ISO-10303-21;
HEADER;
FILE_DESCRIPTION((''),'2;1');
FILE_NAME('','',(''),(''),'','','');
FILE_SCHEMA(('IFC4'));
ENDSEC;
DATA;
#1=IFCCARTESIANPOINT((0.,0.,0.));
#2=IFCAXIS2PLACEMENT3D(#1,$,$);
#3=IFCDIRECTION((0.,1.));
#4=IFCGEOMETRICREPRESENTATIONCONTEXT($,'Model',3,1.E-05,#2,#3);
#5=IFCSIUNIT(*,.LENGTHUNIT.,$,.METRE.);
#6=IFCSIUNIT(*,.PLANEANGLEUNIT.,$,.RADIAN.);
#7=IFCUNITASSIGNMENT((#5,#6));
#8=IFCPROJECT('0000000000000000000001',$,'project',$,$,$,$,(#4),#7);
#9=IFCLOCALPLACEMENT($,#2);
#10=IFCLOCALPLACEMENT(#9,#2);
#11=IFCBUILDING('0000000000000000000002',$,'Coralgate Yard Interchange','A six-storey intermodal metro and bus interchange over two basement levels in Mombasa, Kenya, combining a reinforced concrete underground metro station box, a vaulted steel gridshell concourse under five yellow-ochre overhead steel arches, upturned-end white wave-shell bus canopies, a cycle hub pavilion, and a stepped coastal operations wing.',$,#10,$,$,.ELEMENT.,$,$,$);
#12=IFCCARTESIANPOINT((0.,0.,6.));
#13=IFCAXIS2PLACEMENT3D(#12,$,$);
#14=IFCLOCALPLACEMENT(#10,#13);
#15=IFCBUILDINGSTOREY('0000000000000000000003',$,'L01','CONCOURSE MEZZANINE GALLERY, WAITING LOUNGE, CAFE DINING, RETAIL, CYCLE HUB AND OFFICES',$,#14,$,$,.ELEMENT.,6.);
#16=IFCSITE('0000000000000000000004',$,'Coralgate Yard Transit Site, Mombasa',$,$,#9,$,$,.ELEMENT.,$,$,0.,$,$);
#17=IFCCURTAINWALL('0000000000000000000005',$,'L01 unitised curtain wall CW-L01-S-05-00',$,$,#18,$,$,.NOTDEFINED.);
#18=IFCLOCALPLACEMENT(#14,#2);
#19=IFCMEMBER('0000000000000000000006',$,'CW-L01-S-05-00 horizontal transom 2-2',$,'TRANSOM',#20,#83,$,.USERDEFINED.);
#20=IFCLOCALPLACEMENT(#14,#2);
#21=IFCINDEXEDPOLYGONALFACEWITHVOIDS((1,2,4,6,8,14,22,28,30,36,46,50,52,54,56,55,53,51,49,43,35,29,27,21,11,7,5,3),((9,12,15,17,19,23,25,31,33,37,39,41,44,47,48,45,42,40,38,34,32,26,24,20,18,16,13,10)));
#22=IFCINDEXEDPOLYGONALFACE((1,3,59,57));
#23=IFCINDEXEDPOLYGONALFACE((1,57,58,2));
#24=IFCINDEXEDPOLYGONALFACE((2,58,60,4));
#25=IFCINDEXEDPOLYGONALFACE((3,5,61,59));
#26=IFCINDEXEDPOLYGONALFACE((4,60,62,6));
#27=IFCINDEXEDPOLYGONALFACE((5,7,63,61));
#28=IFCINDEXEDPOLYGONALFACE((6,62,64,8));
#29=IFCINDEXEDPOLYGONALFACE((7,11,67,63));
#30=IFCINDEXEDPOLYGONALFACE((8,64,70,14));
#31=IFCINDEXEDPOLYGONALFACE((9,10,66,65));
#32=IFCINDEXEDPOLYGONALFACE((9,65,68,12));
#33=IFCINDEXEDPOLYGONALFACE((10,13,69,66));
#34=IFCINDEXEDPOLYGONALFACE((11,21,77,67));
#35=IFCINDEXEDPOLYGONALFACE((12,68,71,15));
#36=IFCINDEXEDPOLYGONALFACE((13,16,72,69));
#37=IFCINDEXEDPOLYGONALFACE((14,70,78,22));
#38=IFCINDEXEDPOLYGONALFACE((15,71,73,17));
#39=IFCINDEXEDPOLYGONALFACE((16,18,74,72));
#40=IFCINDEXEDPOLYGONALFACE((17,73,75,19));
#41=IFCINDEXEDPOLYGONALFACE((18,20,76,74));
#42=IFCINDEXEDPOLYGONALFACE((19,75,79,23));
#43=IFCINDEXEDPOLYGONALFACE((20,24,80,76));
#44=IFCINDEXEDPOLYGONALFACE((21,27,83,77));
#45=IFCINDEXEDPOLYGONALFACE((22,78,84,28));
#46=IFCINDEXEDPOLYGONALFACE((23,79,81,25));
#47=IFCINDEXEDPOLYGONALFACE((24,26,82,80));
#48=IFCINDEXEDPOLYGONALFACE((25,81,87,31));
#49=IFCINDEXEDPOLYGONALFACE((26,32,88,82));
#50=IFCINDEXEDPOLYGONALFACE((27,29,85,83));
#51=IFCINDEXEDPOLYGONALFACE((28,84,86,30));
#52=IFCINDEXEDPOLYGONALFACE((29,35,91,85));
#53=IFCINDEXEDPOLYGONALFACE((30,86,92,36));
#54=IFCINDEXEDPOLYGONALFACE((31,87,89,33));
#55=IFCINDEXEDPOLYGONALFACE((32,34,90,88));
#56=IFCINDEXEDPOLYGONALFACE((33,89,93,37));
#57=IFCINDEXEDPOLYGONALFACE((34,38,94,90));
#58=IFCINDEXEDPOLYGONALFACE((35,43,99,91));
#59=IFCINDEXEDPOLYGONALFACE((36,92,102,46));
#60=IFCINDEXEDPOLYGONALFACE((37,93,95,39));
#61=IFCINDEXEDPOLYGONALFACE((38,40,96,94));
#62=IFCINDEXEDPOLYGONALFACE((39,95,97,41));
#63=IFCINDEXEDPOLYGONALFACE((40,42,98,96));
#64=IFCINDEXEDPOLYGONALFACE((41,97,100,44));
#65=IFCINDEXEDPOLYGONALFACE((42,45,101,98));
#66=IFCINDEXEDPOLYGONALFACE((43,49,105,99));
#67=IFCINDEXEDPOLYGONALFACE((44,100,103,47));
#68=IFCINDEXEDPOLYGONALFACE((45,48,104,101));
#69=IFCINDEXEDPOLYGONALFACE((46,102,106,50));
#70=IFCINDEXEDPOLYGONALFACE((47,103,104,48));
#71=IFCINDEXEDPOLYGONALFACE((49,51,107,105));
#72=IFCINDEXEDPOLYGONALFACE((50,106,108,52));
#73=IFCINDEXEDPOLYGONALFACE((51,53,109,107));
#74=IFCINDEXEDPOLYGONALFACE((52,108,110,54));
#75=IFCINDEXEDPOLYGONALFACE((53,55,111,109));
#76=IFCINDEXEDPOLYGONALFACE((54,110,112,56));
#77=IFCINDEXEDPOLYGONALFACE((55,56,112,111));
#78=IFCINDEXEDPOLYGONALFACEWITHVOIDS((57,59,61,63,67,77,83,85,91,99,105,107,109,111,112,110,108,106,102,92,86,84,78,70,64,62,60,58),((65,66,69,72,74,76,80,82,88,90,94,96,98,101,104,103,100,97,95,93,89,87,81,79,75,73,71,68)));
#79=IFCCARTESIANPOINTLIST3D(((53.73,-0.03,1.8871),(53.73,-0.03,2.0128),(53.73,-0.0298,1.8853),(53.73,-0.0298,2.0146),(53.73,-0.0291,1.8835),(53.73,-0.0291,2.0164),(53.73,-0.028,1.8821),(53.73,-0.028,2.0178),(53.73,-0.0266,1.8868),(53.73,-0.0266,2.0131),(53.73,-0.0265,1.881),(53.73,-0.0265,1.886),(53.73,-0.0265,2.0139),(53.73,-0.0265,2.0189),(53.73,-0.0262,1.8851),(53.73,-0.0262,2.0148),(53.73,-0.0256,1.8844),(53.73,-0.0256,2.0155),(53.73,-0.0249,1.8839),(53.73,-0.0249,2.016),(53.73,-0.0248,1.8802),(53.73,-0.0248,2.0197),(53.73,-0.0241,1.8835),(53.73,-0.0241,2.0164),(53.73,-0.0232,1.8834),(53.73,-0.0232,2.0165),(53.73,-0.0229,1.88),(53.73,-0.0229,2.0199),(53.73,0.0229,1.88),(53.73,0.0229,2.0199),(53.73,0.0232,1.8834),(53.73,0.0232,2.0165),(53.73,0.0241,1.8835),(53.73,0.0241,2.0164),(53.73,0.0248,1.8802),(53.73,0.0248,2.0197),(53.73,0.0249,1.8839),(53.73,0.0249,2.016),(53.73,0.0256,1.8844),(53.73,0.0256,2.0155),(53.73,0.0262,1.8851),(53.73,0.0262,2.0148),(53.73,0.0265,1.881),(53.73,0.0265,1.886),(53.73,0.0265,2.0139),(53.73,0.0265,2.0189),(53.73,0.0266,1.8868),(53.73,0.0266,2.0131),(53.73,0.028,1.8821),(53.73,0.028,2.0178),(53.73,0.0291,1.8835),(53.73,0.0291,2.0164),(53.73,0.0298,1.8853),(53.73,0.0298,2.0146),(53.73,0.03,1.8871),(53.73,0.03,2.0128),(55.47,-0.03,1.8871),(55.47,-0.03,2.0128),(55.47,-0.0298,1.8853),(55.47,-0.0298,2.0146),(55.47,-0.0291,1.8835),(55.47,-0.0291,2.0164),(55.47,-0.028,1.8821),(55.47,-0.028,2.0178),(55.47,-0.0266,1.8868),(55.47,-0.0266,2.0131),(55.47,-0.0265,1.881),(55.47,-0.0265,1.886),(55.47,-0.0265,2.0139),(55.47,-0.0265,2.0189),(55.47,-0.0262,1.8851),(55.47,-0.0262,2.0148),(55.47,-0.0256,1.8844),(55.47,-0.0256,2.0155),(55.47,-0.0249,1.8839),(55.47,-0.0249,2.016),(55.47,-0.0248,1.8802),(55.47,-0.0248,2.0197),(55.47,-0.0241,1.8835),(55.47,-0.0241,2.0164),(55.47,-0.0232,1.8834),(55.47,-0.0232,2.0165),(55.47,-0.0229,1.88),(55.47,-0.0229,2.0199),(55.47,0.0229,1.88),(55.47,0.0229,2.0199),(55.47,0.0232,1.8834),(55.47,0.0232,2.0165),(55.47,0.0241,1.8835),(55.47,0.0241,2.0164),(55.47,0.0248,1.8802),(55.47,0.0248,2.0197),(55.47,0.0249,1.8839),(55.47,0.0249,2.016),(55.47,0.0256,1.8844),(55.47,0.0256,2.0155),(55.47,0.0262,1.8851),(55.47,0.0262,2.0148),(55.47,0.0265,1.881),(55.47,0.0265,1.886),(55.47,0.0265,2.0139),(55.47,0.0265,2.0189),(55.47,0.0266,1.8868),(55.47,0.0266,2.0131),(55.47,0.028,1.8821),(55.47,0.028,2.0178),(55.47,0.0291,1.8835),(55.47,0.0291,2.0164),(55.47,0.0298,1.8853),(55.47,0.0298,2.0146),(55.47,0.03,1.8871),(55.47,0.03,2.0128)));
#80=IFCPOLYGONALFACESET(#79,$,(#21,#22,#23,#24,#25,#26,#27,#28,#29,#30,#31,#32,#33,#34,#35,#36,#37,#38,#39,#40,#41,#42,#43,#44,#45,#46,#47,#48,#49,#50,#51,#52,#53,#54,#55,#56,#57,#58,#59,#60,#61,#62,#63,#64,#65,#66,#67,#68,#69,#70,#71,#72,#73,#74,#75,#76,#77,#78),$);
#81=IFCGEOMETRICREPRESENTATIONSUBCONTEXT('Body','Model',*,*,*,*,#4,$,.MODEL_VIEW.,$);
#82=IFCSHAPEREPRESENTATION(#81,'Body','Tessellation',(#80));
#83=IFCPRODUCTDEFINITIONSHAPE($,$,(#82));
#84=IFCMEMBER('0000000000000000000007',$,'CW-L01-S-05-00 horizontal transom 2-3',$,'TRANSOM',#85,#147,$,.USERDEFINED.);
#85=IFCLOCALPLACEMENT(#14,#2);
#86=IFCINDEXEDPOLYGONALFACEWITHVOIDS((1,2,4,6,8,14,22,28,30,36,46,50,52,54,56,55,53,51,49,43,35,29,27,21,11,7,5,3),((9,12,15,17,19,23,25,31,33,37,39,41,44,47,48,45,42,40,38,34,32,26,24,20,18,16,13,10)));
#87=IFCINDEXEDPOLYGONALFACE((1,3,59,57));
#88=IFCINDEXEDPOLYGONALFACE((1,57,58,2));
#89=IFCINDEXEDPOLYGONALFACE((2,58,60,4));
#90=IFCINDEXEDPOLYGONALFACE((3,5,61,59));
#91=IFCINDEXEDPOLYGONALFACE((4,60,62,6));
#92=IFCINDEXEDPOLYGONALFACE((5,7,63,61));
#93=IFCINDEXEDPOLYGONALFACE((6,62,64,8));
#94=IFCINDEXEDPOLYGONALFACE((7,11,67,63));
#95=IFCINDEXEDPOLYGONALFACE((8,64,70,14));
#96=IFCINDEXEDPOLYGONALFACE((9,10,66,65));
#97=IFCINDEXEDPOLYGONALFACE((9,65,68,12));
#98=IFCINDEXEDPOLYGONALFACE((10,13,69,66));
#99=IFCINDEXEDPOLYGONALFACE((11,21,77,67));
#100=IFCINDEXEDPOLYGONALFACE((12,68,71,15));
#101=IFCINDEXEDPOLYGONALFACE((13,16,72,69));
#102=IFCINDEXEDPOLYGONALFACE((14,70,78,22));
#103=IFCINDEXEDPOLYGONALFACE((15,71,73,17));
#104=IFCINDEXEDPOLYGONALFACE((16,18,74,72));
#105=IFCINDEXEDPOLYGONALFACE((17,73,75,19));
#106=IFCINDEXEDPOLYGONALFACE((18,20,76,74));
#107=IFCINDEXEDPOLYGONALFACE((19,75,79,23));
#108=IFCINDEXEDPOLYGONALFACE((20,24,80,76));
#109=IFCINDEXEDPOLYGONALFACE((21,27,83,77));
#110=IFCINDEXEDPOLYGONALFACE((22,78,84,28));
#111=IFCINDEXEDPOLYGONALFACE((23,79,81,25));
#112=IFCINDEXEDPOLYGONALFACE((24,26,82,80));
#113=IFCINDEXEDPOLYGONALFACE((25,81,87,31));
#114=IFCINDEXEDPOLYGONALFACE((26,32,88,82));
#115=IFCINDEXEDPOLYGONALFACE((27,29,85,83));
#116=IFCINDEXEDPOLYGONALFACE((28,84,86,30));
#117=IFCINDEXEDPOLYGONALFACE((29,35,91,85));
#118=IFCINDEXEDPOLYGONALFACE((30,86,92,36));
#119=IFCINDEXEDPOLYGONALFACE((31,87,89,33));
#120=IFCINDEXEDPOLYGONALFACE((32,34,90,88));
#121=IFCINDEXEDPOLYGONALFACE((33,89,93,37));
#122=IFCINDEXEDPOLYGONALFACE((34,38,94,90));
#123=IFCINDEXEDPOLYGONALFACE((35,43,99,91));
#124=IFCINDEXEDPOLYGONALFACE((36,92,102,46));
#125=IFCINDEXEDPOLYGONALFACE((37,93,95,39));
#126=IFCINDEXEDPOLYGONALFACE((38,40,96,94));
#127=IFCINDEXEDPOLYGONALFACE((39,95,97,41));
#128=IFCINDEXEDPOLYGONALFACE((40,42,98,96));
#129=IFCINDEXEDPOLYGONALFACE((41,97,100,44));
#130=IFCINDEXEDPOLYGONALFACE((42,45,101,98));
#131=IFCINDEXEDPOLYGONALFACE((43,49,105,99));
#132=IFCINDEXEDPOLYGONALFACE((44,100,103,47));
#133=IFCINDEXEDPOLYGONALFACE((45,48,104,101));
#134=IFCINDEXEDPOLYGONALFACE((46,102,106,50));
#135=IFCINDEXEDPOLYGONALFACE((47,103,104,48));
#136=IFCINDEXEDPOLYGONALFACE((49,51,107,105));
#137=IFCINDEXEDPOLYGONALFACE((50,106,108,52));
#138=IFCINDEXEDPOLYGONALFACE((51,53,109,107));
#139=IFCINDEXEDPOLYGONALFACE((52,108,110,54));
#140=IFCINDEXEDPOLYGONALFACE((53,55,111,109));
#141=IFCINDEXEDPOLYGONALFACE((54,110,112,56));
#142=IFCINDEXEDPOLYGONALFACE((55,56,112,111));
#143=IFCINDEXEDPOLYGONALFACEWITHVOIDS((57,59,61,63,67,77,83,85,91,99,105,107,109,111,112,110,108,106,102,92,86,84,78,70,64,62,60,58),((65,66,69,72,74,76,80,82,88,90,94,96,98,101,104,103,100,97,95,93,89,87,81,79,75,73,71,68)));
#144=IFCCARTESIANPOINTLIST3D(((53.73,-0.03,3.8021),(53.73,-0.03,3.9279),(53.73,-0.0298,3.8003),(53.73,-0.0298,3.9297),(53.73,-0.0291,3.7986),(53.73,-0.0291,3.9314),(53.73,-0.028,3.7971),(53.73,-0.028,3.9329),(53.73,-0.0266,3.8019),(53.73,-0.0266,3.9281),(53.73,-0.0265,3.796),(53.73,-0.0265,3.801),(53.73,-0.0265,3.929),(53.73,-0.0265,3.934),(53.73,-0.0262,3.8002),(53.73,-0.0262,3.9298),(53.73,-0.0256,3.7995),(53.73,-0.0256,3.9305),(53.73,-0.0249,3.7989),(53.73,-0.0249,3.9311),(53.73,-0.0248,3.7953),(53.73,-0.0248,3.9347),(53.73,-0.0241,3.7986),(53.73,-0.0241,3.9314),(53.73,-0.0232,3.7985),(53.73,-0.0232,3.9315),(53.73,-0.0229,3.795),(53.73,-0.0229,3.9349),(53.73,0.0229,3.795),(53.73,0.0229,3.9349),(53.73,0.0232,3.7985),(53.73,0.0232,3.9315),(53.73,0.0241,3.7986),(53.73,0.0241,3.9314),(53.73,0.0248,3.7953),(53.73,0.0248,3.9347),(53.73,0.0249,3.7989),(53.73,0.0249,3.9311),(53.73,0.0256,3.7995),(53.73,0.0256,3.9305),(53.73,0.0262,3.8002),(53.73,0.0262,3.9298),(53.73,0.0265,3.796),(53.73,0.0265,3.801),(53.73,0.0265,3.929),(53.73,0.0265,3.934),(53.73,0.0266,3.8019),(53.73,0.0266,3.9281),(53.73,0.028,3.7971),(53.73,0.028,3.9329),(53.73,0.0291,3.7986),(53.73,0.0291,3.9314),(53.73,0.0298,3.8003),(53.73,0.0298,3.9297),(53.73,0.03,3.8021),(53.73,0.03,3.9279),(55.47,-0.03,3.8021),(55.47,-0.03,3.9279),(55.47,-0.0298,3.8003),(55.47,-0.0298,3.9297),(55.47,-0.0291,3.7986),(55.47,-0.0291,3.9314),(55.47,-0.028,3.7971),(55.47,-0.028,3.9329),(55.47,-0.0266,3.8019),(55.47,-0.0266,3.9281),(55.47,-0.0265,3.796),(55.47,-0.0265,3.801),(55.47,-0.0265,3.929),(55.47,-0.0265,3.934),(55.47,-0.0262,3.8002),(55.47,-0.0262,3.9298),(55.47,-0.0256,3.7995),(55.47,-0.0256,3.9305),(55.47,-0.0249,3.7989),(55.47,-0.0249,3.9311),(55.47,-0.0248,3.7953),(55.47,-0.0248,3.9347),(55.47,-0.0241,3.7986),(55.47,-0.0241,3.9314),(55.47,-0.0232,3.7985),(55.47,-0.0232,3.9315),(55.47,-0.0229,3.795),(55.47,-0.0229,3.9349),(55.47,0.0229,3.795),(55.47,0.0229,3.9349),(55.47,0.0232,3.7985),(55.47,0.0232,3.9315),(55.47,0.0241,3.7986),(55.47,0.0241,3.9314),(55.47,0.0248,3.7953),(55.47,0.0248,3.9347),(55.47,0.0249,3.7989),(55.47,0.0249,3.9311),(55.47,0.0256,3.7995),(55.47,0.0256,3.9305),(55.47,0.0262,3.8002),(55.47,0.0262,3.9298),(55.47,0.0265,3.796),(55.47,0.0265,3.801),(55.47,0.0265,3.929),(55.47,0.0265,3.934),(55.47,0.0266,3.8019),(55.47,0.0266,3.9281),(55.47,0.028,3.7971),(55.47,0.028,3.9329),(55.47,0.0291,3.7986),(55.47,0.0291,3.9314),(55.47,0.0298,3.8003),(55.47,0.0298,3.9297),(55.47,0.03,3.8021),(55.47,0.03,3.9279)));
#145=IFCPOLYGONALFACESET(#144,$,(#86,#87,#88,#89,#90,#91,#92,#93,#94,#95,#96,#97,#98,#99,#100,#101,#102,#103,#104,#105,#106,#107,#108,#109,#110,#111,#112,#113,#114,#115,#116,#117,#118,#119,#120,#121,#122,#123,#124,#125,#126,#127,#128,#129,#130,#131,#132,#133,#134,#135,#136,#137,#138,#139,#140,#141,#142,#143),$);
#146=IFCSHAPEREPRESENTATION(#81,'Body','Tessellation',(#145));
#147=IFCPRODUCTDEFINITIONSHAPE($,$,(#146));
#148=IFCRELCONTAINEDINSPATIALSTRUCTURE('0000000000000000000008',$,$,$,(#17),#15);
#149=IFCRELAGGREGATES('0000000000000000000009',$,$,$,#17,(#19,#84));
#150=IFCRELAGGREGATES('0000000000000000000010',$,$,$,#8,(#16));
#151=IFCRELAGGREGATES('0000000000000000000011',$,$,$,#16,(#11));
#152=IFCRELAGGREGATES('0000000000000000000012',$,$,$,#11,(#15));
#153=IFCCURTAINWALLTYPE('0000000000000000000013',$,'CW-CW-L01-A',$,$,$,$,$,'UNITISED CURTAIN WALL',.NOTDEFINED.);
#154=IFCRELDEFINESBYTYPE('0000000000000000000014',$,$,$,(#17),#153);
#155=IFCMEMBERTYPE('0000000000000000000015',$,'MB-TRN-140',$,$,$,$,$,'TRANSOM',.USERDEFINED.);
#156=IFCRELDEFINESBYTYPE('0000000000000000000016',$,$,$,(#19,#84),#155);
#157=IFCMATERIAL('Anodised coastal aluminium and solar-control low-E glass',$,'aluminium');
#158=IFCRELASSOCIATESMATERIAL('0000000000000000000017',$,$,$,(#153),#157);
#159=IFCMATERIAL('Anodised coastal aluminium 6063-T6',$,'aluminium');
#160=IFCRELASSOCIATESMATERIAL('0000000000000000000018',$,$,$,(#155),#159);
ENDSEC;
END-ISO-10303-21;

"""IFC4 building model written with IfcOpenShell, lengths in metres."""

from ifc_helpers import new_model, si_unit, direction, frame, origin, origin_2d, place, context, subcontext, project, spatial, hollow_rectangle, extrude, material, material_profile, profile_set, type_object, element, aggregate, save


model = new_model("IFC4")

# Units and contexts
model_context = context("Model", 3, precision=1e-05, world=origin(), true_north=direction((0.0, 1.0)))
body_context = subcontext(model_context, "Body", "Model", "MODEL_VIEW")
ifc_project = project(units=[si_unit("LENGTHUNIT", "METRE"), si_unit("PLANEANGLEUNIT", "RADIAN")], contexts=[model_context])

# Site, building, storey
site_placement = place(None, origin())
site = spatial("IfcSite", under=ifc_project, at=site_placement, Name="Coralgate Yard Transit Site, Mombasa", CompositionType="ELEMENT", RefElevation=0.0)
building_placement = place(site_placement, origin())
building = spatial("IfcBuilding", under=site, at=building_placement, Name="Coralgate Yard Interchange", Description="A six-storey intermodal metro and bus interchange over two basement levels in Mombasa, Kenya, combining a reinforced concrete underground metro station box, a vaulted steel gridshell concourse under five yellow-ochre overhead steel arches, upturned-end white wave-shell bus canopies, a cycle hub pavilion, and a stepped coastal operations wing.", CompositionType="ELEMENT")
storey_placement = place(building_placement, frame((0.0, 0.0, 6.0)))
storey = spatial("IfcBuildingStorey", under=building, at=storey_placement, Name="L01", Description="CONCOURSE MEZZANINE GALLERY, WAITING LOUNGE, CAFE DINING, RETAIL, CYCLE HUB AND OFFICES", CompositionType="ELEMENT", Elevation=6.0)

# Curtain wall, members
ifc_material_1 = material(Name="Anodised coastal aluminium and solar-control low-E glass", Category="aluminium")
curtain_wall_type = type_object("IfcCurtainWallType", Name="CW-CW-L01-A", ElementType="UNITISED CURTAIN WALL", PredefinedType="NOTDEFINED", material=ifc_material_1)
curtain_wall_placement = place(storey_placement, origin())
curtain_wall = element("IfcCurtainWall", 1, at=curtain_wall_placement, inside=storey, type_object=curtain_wall_type, Name="L01 unitised curtain wall CW-L01-S-05-00", PredefinedType="NOTDEFINED")
ifc_material_2 = material(Name="Anodised coastal aluminium 6063-T6", Category="aluminium")
ifc_material_profile_1 = material_profile(ifc_material_2, hollow_rectangle(XDim=0.0601, YDim=0.1399, WallThickness=0.0034, InnerFilletRadius=0.0034, OuterFilletRadius=0.0071, at=origin_2d()), Name="ALU 60x140x3.5")
ifc_profile_set_1 = profile_set([ifc_material_profile_1], Name="Anodised coastal aluminium 6063-T6")
member_type_1 = type_object("IfcMemberType", Name="MB-TRN-140", ElementType="TRANSOM", PredefinedType="USERDEFINED", material=ifc_profile_set_1)
member_1_placement = place(storey_placement, frame((55.47, 0.0, 1.95), z_axis=(-1.0, 0.0, 0.0), x_axis=(0.0, -1.0, 0.0)))
member_1 = element("IfcMember", 2, at=member_1_placement, type_object=member_type_1, Name="CW-L01-S-05-00 horizontal transom 2-2", ObjectType="TRANSOM", PredefinedType="USERDEFINED", context=body_context, shape_type="SweptSolid", body=[
    extrude(hollow_rectangle(XDim=0.0601, YDim=0.1399, WallThickness=0.0034, InnerFilletRadius=0.0034, OuterFilletRadius=0.0071, at=origin_2d()), origin(), (0.0, 0.0, 1.0), 1.74),
])
member_2_placement = place(storey_placement, frame((55.47, 0.0, 3.865), z_axis=(-1.0, 0.0, 0.0), x_axis=(0.0, -1.0, 0.0)))
member_2 = element("IfcMember", 3, at=member_2_placement, type_object=member_type_1, Name="CW-L01-S-05-00 horizontal transom 2-3", ObjectType="TRANSOM", PredefinedType="USERDEFINED", context=body_context, shape_type="SweptSolid", body=[
    extrude(hollow_rectangle(XDim=0.0601, YDim=0.1399, WallThickness=0.0034, InnerFilletRadius=0.0034, OuterFilletRadius=0.0071, at=origin_2d()), origin(), (0.0, 0.0, 1.0), 1.74),
])
aggregate(curtain_wall, [member_1, member_2])

save(model, "model.ifc")
